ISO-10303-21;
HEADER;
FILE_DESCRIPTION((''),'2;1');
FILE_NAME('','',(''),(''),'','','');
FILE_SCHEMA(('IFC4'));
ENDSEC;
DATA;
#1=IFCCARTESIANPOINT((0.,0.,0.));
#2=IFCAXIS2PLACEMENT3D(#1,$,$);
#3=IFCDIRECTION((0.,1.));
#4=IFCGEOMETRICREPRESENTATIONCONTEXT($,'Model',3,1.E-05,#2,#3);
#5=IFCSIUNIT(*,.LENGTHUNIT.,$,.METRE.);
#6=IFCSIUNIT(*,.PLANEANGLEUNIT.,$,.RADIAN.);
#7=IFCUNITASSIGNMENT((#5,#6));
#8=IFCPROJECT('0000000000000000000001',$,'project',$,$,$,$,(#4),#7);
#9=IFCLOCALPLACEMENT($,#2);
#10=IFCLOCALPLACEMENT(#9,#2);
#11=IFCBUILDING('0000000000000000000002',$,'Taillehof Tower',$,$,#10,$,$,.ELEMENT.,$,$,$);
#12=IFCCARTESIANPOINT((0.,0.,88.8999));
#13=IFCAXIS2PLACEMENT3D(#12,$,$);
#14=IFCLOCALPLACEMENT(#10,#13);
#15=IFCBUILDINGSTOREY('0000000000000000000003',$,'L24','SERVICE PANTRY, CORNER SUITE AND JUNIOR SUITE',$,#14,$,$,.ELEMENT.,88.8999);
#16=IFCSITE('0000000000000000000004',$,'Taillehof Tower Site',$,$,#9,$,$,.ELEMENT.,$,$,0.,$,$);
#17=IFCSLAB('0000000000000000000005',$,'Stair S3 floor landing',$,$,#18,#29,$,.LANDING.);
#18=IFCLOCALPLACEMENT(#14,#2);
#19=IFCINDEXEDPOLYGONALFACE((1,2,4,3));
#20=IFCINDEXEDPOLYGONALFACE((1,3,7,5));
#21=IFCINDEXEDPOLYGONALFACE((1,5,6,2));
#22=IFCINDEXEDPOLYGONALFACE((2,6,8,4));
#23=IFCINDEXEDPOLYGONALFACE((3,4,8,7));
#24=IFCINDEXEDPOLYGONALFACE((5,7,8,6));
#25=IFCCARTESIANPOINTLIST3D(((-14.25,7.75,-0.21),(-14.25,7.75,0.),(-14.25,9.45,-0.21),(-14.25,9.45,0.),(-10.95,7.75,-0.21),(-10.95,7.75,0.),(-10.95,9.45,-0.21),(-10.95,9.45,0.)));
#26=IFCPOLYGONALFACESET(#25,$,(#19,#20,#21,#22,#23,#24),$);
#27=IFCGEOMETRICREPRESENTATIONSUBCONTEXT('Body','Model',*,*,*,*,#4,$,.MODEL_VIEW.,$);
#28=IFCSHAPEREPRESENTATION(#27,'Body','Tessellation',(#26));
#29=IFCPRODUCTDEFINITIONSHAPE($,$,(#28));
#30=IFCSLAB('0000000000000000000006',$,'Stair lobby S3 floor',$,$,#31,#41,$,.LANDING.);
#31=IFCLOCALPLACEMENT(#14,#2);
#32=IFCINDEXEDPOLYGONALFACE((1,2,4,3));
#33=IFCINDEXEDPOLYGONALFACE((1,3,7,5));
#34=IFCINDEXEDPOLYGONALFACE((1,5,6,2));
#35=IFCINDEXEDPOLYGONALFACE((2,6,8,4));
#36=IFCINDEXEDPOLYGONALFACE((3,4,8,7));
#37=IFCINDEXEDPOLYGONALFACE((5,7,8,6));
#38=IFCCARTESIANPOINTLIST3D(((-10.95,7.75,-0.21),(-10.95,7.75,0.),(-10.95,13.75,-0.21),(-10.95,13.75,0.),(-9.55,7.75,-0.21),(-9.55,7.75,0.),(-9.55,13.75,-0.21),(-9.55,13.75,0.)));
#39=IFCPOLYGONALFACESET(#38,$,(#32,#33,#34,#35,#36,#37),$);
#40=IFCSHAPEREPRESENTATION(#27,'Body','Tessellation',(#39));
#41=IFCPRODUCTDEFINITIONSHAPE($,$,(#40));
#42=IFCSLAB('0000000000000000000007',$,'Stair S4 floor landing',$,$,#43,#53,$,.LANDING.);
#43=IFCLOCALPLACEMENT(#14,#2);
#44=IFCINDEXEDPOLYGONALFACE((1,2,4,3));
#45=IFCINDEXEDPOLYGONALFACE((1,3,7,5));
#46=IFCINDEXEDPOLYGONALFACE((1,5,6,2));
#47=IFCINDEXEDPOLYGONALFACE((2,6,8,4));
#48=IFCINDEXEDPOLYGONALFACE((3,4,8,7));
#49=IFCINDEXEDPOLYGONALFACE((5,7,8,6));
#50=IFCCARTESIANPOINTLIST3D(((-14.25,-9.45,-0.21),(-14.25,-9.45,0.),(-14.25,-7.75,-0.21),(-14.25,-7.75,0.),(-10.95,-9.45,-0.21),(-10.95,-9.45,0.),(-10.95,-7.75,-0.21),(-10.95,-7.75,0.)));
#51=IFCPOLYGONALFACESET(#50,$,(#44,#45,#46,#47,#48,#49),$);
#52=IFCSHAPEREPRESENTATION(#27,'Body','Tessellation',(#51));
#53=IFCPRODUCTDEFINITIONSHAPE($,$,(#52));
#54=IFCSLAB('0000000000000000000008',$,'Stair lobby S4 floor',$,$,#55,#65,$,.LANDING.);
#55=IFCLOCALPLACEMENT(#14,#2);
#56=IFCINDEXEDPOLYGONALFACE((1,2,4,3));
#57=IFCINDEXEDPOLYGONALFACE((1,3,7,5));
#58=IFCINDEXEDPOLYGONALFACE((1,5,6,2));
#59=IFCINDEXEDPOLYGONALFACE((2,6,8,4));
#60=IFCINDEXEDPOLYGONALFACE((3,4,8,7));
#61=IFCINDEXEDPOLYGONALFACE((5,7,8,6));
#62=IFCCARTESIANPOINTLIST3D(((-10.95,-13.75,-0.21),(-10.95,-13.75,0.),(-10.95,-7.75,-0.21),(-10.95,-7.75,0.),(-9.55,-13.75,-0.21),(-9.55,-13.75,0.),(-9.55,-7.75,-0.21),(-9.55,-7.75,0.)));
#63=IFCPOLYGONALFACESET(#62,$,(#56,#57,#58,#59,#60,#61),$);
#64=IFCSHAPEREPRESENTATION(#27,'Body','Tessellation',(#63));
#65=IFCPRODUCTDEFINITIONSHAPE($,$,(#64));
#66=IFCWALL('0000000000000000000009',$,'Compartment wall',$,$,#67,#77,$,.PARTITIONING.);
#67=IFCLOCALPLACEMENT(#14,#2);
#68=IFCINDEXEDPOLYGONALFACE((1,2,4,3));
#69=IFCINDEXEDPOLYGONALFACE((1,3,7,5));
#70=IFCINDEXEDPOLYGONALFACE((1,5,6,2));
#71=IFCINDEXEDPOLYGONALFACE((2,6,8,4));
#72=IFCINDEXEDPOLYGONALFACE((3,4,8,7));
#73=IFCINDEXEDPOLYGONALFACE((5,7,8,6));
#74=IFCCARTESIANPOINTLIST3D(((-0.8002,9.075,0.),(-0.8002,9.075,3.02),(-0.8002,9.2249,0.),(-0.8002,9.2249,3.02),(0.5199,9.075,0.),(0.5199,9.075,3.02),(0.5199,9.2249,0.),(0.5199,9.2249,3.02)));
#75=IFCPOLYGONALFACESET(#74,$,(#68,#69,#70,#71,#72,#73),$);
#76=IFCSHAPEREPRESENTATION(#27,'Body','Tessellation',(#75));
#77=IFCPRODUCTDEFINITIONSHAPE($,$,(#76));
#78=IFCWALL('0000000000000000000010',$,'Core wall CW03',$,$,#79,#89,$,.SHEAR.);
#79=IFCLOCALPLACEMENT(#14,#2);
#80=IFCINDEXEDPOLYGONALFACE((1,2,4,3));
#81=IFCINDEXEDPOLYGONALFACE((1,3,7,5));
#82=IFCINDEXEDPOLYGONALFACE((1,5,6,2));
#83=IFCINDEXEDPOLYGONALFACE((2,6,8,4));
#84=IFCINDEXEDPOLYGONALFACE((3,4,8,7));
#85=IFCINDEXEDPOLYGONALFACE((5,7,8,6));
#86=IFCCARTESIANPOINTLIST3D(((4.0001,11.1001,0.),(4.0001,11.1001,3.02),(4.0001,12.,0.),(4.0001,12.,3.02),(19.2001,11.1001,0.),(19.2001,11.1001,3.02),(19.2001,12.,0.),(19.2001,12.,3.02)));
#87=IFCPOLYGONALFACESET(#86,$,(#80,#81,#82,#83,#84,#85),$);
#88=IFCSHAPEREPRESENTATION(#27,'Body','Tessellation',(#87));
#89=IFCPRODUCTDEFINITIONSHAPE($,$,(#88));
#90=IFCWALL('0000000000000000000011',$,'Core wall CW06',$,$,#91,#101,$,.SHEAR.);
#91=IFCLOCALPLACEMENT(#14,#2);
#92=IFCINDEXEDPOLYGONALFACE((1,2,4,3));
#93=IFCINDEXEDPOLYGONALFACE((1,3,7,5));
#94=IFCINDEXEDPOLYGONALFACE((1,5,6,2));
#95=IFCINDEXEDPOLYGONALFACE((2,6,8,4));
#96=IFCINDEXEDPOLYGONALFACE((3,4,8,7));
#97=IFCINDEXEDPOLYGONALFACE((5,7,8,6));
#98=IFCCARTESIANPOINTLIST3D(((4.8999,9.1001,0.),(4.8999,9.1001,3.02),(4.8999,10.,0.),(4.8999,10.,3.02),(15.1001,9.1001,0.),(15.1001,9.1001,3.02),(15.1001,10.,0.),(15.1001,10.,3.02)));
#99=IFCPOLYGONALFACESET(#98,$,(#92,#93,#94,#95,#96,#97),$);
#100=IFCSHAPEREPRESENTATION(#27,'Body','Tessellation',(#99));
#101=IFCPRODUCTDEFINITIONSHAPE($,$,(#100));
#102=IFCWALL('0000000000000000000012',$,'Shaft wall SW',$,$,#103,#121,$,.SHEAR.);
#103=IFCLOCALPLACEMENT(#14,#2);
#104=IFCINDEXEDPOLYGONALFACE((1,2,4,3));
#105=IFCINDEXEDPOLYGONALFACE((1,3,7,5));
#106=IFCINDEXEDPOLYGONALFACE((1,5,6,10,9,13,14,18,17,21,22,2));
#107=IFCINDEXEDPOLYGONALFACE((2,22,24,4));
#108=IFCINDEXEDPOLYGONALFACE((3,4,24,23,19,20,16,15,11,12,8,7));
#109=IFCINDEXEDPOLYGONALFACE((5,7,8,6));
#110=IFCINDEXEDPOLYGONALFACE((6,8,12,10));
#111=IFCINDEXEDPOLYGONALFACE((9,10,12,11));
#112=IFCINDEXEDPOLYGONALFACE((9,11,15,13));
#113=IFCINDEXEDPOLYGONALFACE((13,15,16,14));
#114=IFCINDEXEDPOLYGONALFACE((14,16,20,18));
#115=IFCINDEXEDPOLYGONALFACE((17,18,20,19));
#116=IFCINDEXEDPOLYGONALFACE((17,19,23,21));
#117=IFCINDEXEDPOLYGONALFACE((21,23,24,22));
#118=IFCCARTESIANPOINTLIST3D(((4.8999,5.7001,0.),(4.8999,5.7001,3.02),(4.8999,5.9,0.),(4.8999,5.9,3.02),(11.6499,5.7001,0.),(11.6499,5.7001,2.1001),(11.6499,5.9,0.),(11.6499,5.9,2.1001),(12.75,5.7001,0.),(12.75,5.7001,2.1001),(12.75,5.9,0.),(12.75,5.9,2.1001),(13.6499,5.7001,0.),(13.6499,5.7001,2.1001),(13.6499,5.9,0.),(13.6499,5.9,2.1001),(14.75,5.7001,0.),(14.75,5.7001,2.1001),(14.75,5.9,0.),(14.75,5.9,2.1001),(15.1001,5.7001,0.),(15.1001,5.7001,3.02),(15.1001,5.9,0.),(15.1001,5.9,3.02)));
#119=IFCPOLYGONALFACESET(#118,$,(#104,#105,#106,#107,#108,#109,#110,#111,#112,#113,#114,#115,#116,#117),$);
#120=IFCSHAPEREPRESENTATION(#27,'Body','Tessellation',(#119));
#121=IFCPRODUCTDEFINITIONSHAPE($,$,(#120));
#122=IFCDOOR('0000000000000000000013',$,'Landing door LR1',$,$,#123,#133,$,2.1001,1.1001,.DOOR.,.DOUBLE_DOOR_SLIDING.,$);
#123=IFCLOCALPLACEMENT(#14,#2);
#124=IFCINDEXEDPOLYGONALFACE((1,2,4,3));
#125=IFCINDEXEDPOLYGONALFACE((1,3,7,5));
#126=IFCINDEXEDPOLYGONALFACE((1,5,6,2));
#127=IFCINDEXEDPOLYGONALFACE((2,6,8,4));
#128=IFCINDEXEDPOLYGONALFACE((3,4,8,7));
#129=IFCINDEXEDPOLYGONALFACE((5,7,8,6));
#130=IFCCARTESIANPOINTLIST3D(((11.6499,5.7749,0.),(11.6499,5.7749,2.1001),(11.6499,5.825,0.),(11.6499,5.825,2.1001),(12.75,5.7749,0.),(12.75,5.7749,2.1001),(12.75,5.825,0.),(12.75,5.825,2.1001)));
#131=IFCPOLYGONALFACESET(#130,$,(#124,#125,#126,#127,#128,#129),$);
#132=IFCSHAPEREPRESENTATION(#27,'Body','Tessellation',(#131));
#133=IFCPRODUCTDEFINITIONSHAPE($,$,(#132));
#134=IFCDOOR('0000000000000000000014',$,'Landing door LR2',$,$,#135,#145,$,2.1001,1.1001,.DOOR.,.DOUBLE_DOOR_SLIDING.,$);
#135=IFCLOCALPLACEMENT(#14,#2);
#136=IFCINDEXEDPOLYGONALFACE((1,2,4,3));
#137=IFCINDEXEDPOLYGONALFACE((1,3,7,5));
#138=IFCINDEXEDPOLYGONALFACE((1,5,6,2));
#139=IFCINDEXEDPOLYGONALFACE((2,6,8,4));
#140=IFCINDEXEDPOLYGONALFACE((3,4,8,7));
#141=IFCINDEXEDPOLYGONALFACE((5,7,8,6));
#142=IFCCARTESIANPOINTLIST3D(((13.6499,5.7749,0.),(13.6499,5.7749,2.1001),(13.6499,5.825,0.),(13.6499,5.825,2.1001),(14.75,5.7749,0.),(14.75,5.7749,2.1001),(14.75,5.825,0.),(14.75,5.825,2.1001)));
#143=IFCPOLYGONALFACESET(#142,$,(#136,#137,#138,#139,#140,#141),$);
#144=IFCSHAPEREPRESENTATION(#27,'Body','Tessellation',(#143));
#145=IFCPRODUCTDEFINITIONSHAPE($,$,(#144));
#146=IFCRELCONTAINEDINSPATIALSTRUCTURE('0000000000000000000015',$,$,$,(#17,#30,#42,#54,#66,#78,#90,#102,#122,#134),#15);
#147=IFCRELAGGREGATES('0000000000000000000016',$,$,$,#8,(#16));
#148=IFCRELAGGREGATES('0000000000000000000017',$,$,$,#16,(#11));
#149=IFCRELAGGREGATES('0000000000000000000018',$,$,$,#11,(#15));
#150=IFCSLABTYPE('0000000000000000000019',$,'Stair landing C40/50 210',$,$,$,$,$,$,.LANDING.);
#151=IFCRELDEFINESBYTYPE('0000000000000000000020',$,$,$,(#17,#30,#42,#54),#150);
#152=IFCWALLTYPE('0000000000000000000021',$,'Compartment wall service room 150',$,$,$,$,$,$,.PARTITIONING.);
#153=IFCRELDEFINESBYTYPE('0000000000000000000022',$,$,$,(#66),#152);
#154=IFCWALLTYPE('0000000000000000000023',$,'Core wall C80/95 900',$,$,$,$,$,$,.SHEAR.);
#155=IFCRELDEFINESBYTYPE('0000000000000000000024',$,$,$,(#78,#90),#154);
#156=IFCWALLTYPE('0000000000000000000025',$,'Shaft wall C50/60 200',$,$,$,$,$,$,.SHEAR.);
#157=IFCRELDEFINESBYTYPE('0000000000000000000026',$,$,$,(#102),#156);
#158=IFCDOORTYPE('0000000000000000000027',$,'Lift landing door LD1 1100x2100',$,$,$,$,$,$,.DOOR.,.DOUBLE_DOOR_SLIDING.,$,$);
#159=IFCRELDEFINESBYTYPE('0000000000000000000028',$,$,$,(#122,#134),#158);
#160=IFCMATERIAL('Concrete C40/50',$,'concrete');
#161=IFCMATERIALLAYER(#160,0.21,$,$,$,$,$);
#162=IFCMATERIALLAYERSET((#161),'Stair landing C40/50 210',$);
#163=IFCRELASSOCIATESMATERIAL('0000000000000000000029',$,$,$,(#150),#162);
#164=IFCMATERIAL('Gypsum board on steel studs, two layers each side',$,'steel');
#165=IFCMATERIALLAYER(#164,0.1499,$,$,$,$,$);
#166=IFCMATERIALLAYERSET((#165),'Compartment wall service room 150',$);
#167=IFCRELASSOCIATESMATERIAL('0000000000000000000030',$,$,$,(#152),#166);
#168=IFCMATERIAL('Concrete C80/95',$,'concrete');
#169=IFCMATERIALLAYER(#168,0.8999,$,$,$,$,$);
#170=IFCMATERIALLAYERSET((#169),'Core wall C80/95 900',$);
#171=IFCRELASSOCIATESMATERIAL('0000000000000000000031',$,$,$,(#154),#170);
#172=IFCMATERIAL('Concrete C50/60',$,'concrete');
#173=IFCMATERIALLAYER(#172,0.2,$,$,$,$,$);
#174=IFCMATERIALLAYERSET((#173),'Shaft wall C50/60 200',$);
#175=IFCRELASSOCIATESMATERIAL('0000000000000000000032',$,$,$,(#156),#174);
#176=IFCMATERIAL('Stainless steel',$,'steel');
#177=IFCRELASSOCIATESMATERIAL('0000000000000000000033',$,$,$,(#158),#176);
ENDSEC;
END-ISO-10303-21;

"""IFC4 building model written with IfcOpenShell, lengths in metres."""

from ifc_helpers import new_model, si_unit, direction, frame, frame_2d, origin, place, context, subcontext, project, spatial, polyline, rectangle, outline, extrude, material, layer, layer_set, type_object, element, fill, save


model = new_model("IFC4")

# Units and contexts
model_context = context("Model", 3, precision=1e-05, world=origin(), true_north=direction((0.0, 1.0)))
body_context = subcontext(model_context, "Body", "Model", "MODEL_VIEW")
ifc_project = project(units=[si_unit("LENGTHUNIT", "METRE"), si_unit("PLANEANGLEUNIT", "RADIAN")], contexts=[model_context])

# Site, building, storey
site_placement = place(None, origin())
site = spatial("IfcSite", under=ifc_project, at=site_placement, Name="Taillehof Tower Site", CompositionType="ELEMENT", RefElevation=0.0)
building_placement = place(site_placement, origin())
building = spatial("IfcBuilding", under=site, at=building_placement, Name="Taillehof Tower", CompositionType="ELEMENT")
storey_placement = place(building_placement, frame((0.0, 0.0, 88.8999)))
storey = spatial("IfcBuildingStorey", under=building, at=storey_placement, Name="L24", Description="SERVICE PANTRY, CORNER SUITE AND JUNIOR SUITE", CompositionType="ELEMENT", Elevation=88.8999)

# Shared definitions
ifc_material_1 = material(Name="Concrete C40/50", Category="concrete")
ifc_layer_1 = layer(ifc_material_1, 0.21)
ifc_layer_set_1 = layer_set([ifc_layer_1], Name="Stair landing C40/50 210")
slab_type_1 = type_object("IfcSlabType", Name="Stair landing C40/50 210", PredefinedType="LANDING", material=ifc_layer_set_1)

# Slabs
slab_1_placement = place(storey_placement, frame((0.0, 0.0, -0.21)))
element("IfcSlab", 1, at=slab_1_placement, inside=storey, type_object=slab_type_1, Name="Stair S3 floor landing", PredefinedType="LANDING", context=body_context, shape_type="SweptSolid", body=[
    extrude(outline(polyline([(-14.25, 7.75), (-14.25, 9.45), (-10.95, 9.45), (-10.95, 7.75), (-14.25, 7.75)])), origin(), (0.0, 0.0, 1.0), 0.21),
])
slab_2_placement = place(storey_placement, frame((0.0, 0.0, -0.21)))
element("IfcSlab", 2, at=slab_2_placement, inside=storey, type_object=slab_type_1, Name="Stair lobby S3 floor", PredefinedType="LANDING", context=body_context, shape_type="SweptSolid", body=[
    extrude(outline(polyline([(-10.95, 7.75), (-9.55, 7.75), (-9.55, 13.75), (-10.95, 13.75), (-10.95, 7.75)])), origin(), (0.0, 0.0, 1.0), 0.21),
])
slab_3_placement = place(storey_placement, frame((0.0, 0.0, -0.21)))
element("IfcSlab", 3, at=slab_3_placement, inside=storey, type_object=slab_type_1, Name="Stair S4 floor landing", PredefinedType="LANDING", context=body_context, shape_type="SweptSolid", body=[
    extrude(outline(polyline([(-14.25, -7.75), (-14.25, -9.45), (-10.95, -9.45), (-10.95, -7.75), (-14.25, -7.75)])), origin(), (0.0, 0.0, 1.0), 0.21),
])
slab_4_placement = place(storey_placement, frame((0.0, 0.0, -0.21)))
element("IfcSlab", 4, at=slab_4_placement, inside=storey, type_object=slab_type_1, Name="Stair lobby S4 floor", PredefinedType="LANDING", context=body_context, shape_type="SweptSolid", body=[
    extrude(outline(polyline([(-10.95, -13.75), (-9.55, -13.75), (-9.55, -7.75), (-10.95, -7.75), (-10.95, -13.75)])), origin(), (0.0, 0.0, 1.0), 0.21),
])

# Walls
ifc_material_2 = material(Name="Gypsum board on steel studs, two layers each side", Category="steel")
ifc_layer_2 = layer(ifc_material_2, 0.1499)
ifc_layer_set_2 = layer_set([ifc_layer_2], Name="Compartment wall service room 150")
wall_type_1 = type_object("IfcWallType", Name="Compartment wall service room 150", PredefinedType="PARTITIONING", material=ifc_layer_set_2)
wall_1_placement = place(storey_placement, frame((0.52, 9.1499, 0.0), z_axis=(0.0, 0.0, 1.0), x_axis=(-1.0, 0.0, 0.0)))
element("IfcWall", 5, at=wall_1_placement, inside=storey, type_object=wall_type_1, Name="Compartment wall", PredefinedType="PARTITIONING", context=body_context, shape_type="SweptSolid", body=[
    extrude(rectangle(XDim=1.3201, YDim=0.1499, at=frame_2d((0.6602, 0.0))), origin(), (0.0, 0.0, 1.0), 3.02),
])
ifc_material_3 = material(Name="Concrete C80/95", Category="concrete")
ifc_layer_3 = layer(ifc_material_3, 0.8999)
ifc_layer_set_3 = layer_set([ifc_layer_3], Name="Core wall C80/95 900")
wall_type_2 = type_object("IfcWallType", Name="Core wall C80/95 900", PredefinedType="SHEAR", material=ifc_layer_set_3)
wall_2_placement = place(storey_placement, frame((4.0, 11.55, 0.0), z_axis=(0.0, 0.0, 1.0), x_axis=(1.0, 0.0, 0.0)))
element("IfcWall", 6, at=wall_2_placement, inside=storey, type_object=wall_type_2, Name="Core wall CW03", PredefinedType="SHEAR", context=body_context, shape_type="SweptSolid", body=[
    extrude(rectangle(XDim=15.2, YDim=0.8999, at=frame_2d((7.6001, 0.0))), origin(), (0.0, 0.0, 1.0), 3.02),
])
wall_3_placement = place(storey_placement, frame((4.8999, 9.55, 0.0), z_axis=(0.0, 0.0, 1.0), x_axis=(1.0, 0.0, 0.0)))
element("IfcWall", 7, at=wall_3_placement, inside=storey, type_object=wall_type_2, Name="Core wall CW06", PredefinedType="SHEAR", context=body_context, shape_type="SweptSolid", body=[
    extrude(rectangle(XDim=10.2002, YDim=0.8999, at=frame_2d((5.1001, 0.0))), origin(), (0.0, 0.0, 1.0), 3.02),
])

# Wall, openings, doors
ifc_material_4 = material(Name="Concrete C50/60", Category="concrete")
ifc_layer_4 = layer(ifc_material_4, 0.2)
ifc_layer_set_4 = layer_set([ifc_layer_4], Name="Shaft wall C50/60 200")
wall_type_3 = type_object("IfcWallType", Name="Shaft wall C50/60 200", PredefinedType="SHEAR", material=ifc_layer_set_4)
wall_4_placement = place(storey_placement, frame((4.8999, 5.8, 0.0), z_axis=(0.0, 0.0, 1.0), x_axis=(1.0, 0.0, 0.0)))
wall_4 = element("IfcWall", 8, at=wall_4_placement, inside=storey, type_object=wall_type_3, Name="Shaft wall SW", PredefinedType="SHEAR", context=body_context, shape_type="SweptSolid", body=[
    extrude(rectangle(XDim=10.2002, YDim=0.2, at=frame_2d((5.1001, 0.0))), origin(), (0.0, 0.0, 1.0), 3.02),
])
opening_1_placement = place(wall_4_placement, frame((6.75, 0.0, 0.0)))
opening_1 = element("IfcOpeningElement", 9, at=opening_1_placement, cuts=wall_4, PredefinedType="OPENING", context=body_context, shape_type="SweptSolid", body=[
    extrude(rectangle(XDim=1.1001, YDim=2.1001, at=frame_2d((0.55, 1.05))), frame((0.0, 0.1099, 0.0), z_axis=(0.0, -1.0, 0.0), x_axis=(1.0, 0.0, 0.0)), (0.0, 0.0, 1.0), 0.22),
])
opening_2_placement = place(wall_4_placement, frame((8.75, 0.0, 0.0)))
opening_2 = element("IfcOpeningElement", 10, at=opening_2_placement, cuts=wall_4, PredefinedType="OPENING", context=body_context, shape_type="SweptSolid", body=[
    extrude(rectangle(XDim=1.1001, YDim=2.1001, at=frame_2d((0.55, 1.05))), frame((0.0, 0.1099, 0.0), z_axis=(0.0, -1.0, 0.0), x_axis=(1.0, 0.0, 0.0)), (0.0, 0.0, 1.0), 0.22),
])
ifc_material_5 = material(Name="Stainless steel", Category="steel")
door_type_1 = type_object("IfcDoorType", Name="Lift landing door LD1 1100x2100", OperationType="DOUBLE_DOOR_SLIDING", PredefinedType="DOOR", material=ifc_material_5)
door_1_placement = place(opening_1_placement, origin())
door_1 = element("IfcDoor", 11, at=door_1_placement, inside=storey, type_object=door_type_1, Name="Landing door LR1", OperationType="DOUBLE_DOOR_SLIDING", OverallHeight=2.1001, OverallWidth=1.1001, PredefinedType="DOOR", context=body_context, shape_type="SweptSolid", body=[
    extrude(rectangle(XDim=1.1001, YDim=2.1001, at=frame_2d((0.55, 1.05))), frame((0.0, 0.0249, 0.0), z_axis=(0.0, -1.0, 0.0), x_axis=(1.0, 0.0, 0.0)), (0.0, 0.0, 1.0), 0.05),
])
fill(opening_1, door_1)
door_2_placement = place(opening_2_placement, origin())
door_2 = element("IfcDoor", 12, at=door_2_placement, inside=storey, type_object=door_type_1, Name="Landing door LR2", OperationType="DOUBLE_DOOR_SLIDING", OverallHeight=2.1001, OverallWidth=1.1001, PredefinedType="DOOR", context=body_context, shape_type="SweptSolid", body=[
    extrude(rectangle(XDim=1.1001, YDim=2.1001, at=frame_2d((0.55, 1.05))), frame((0.0, 0.0249, 0.0), z_axis=(0.0, -1.0, 0.0), x_axis=(1.0, 0.0, 0.0)), (0.0, 0.0, 1.0), 0.05),
])
fill(opening_2, door_2)

save(model, "model.ifc")
